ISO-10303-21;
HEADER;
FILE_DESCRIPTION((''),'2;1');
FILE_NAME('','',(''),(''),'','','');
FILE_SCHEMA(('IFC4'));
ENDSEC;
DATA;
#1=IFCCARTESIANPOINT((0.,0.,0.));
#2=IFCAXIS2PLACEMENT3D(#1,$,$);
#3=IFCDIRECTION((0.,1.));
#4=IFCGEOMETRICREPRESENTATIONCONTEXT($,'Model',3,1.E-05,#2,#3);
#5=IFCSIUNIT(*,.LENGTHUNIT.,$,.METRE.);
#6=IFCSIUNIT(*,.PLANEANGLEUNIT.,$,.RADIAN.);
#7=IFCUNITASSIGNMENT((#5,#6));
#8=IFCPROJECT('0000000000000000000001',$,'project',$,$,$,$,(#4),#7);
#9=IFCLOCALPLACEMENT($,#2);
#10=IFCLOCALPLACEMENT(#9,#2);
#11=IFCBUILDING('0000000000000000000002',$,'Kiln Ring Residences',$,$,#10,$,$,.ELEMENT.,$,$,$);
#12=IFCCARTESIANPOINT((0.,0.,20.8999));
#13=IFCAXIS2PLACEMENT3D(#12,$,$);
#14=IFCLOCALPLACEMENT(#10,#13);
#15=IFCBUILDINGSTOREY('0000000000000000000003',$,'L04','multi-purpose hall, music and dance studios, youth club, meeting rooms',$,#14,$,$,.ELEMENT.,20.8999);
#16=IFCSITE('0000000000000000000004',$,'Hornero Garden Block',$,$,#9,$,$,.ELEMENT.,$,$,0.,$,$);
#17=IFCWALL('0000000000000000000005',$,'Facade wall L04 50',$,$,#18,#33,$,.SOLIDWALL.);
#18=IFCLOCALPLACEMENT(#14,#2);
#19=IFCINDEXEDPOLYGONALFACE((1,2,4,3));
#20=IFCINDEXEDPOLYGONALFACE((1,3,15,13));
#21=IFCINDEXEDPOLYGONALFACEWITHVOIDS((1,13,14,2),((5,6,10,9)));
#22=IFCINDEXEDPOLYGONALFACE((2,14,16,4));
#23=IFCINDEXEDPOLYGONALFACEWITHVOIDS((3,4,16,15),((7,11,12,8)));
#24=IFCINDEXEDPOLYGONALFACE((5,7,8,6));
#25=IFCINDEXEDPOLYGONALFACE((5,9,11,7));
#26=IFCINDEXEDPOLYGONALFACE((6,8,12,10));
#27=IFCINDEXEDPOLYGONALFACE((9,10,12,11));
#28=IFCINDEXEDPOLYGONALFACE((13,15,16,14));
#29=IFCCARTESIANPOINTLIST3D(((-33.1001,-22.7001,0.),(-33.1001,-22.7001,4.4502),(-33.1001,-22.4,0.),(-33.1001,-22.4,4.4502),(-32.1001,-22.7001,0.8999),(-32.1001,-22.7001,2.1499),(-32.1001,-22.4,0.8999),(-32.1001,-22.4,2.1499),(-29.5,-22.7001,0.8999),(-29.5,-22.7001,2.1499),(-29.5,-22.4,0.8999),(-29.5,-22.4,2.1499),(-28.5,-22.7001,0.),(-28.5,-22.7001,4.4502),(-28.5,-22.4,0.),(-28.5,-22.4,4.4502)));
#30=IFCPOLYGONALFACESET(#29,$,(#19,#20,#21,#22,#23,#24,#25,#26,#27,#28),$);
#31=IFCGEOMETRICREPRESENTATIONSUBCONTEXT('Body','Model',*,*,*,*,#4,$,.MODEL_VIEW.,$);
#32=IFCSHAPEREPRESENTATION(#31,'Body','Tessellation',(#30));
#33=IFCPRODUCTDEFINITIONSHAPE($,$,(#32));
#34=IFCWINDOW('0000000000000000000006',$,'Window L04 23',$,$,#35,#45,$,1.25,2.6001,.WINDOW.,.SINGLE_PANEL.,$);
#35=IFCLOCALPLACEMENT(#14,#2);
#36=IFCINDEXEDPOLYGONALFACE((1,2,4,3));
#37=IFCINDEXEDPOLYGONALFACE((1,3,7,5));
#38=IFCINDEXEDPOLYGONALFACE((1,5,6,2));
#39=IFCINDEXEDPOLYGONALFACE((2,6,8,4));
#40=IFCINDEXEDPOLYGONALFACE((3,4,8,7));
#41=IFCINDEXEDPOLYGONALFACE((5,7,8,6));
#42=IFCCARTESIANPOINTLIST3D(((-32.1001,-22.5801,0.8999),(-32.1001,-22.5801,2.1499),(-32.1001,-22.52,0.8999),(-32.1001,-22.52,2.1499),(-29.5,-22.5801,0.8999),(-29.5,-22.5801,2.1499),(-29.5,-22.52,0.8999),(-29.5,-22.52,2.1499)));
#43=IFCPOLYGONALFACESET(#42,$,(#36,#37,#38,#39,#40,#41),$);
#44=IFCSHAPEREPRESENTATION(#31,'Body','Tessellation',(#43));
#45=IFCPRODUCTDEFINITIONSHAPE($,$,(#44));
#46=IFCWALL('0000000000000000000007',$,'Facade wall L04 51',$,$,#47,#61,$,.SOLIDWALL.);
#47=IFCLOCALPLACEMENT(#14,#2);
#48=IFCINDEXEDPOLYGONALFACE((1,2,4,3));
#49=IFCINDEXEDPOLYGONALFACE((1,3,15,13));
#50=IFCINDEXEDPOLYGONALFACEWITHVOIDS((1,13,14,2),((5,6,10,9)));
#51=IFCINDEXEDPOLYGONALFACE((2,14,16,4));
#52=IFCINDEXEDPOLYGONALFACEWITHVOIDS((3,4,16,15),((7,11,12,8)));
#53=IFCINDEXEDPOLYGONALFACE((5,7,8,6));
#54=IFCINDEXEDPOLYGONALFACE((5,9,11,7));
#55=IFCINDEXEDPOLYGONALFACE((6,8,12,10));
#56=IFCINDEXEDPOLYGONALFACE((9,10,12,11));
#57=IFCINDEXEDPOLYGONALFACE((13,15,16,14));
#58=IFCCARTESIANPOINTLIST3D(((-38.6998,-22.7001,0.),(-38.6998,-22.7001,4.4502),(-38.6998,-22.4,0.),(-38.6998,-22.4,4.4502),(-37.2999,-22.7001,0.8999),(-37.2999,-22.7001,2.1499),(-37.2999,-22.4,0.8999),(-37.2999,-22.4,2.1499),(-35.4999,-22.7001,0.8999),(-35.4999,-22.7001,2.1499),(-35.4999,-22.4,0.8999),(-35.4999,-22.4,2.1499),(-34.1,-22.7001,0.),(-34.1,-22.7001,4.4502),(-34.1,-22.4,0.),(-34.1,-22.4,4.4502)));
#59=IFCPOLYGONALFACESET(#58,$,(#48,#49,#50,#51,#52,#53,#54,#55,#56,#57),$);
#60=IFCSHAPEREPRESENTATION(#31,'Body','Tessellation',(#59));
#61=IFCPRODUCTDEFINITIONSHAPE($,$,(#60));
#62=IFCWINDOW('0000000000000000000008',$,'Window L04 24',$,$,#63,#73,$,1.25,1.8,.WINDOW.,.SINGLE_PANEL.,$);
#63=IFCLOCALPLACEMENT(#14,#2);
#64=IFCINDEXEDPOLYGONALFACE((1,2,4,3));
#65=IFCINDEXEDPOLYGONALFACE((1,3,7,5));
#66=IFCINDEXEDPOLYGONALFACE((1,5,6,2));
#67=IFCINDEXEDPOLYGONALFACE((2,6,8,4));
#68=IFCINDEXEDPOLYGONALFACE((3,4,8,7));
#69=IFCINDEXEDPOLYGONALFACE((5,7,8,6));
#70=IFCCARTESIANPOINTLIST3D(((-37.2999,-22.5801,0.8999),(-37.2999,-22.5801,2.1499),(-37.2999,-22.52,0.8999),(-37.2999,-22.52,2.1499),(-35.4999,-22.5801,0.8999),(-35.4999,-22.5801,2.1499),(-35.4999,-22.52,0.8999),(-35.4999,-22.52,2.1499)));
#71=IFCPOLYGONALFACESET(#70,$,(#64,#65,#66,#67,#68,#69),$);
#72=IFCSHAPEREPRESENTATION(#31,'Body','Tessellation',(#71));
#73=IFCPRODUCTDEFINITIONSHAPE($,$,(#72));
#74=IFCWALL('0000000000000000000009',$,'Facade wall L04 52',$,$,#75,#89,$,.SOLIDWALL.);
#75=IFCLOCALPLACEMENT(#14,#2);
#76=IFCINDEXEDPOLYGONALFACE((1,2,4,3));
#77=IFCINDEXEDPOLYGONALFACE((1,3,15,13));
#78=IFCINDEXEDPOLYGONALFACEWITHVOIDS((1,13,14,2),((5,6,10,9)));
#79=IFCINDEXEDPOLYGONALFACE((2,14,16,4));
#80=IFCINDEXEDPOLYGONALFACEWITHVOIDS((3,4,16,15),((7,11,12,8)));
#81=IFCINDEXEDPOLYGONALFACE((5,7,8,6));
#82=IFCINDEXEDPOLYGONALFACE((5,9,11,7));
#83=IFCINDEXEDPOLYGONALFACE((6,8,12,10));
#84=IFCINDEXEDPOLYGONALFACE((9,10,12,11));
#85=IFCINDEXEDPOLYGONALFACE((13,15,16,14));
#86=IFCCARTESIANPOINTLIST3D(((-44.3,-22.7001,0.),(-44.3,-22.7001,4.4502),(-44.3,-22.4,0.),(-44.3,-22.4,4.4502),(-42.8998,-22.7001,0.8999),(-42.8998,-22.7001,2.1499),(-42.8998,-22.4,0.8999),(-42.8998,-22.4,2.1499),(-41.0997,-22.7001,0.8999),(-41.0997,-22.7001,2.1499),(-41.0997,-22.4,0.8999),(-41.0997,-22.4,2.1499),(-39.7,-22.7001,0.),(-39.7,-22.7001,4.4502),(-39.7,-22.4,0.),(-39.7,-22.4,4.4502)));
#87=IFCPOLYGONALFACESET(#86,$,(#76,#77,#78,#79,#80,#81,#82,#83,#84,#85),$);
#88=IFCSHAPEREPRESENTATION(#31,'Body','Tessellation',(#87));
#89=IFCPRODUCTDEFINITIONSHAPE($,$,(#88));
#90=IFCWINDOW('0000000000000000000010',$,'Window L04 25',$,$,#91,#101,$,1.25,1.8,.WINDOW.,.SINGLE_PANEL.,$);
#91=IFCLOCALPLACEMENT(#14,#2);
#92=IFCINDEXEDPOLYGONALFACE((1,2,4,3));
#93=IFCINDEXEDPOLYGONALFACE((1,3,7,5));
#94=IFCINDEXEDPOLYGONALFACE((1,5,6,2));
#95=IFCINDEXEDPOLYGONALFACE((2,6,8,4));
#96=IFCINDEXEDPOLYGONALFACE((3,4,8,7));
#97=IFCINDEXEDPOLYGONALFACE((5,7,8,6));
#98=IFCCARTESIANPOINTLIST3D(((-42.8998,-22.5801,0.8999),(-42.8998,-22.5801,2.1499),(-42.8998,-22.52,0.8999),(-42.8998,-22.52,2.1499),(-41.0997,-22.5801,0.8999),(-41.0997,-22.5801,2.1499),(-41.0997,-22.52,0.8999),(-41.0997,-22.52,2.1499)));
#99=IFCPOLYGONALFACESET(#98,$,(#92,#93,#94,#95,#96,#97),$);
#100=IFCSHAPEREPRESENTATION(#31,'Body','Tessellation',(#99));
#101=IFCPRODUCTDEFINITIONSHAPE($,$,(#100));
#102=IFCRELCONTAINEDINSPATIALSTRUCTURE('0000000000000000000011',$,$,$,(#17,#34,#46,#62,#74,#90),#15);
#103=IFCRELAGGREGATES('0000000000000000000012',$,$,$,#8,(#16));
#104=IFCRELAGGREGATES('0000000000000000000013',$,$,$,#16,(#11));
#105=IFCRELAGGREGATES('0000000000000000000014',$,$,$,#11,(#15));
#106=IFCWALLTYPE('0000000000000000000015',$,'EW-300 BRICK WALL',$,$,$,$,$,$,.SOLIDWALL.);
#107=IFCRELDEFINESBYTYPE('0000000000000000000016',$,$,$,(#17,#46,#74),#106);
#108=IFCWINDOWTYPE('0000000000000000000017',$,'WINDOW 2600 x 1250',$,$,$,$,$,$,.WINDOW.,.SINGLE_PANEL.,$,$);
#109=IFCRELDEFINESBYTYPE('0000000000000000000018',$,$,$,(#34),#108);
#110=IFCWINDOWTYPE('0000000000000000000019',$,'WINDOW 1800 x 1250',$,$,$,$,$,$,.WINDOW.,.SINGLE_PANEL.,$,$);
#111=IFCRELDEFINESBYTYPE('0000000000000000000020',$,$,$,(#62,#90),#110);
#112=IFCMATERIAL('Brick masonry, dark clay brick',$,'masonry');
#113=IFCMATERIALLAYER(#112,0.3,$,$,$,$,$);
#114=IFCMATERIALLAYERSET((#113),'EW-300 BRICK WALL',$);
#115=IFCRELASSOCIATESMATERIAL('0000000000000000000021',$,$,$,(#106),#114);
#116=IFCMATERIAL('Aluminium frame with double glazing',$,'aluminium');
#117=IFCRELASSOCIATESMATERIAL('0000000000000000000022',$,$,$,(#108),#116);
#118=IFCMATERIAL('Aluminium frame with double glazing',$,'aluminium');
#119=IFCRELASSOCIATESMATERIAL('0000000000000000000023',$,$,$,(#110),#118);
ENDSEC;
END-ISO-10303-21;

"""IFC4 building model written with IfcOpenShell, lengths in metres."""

from ifc_helpers import new_model, si_unit, direction, frame, frame_2d, origin, place, context, subcontext, project, spatial, rectangle, extrude, material, layer, layer_set, type_object, element, fill, save


model = new_model("IFC4")

# Units and contexts
model_context = context("Model", 3, precision=1e-05, world=origin(), true_north=direction((0.0, 1.0)))
body_context = subcontext(model_context, "Body", "Model", "MODEL_VIEW")
ifc_project = project(units=[si_unit("LENGTHUNIT", "METRE"), si_unit("PLANEANGLEUNIT", "RADIAN")], contexts=[model_context])

# Site, building, storey
site_placement = place(None, origin())
site = spatial("IfcSite", under=ifc_project, at=site_placement, Name="Hornero Garden Block", CompositionType="ELEMENT", RefElevation=0.0)
building_placement = place(site_placement, origin())
building = spatial("IfcBuilding", under=site, at=building_placement, Name="Kiln Ring Residences", CompositionType="ELEMENT")
storey_placement = place(building_placement, frame((0.0, 0.0, 20.8999)))
storey = spatial("IfcBuildingStorey", under=building, at=storey_placement, Name="L04", Description="multi-purpose hall, music and dance studios, youth club, meeting rooms", CompositionType="ELEMENT", Elevation=20.8999)

# Walls, openings, windows
ifc_material_1 = material(Name="Brick masonry, dark clay brick", Category="masonry")
ifc_layer_1 = layer(ifc_material_1, 0.3)
ifc_layer_set_1 = layer_set([ifc_layer_1], Name="EW-300 BRICK WALL")
wall_type_1 = type_object("IfcWallType", Name="EW-300 BRICK WALL", PredefinedType="SOLIDWALL", material=ifc_layer_set_1)
wall_1_placement = place(storey_placement, frame((-28.5, -22.55, 0.0), z_axis=(0.0, 0.0, 1.0), x_axis=(-1.0, 0.0, 0.0)))
wall_1 = element("IfcWall", 1, at=wall_1_placement, inside=storey, type_object=wall_type_1, Name="Facade wall L04 50", PredefinedType="SOLIDWALL", context=body_context, shape_type="SweptSolid", body=[
    extrude(rectangle(XDim=4.6001, YDim=0.3, at=frame_2d((2.3, 0.0))), origin(), (0.0, 0.0, 1.0), 4.4502),
])
opening_1_placement = place(wall_1_placement, frame((1.0, 0.0, 0.8999)))
opening_1 = element("IfcOpeningElement", 2, at=opening_1_placement, cuts=wall_1, PredefinedType="OPENING", context=body_context, shape_type="SweptSolid", body=[
    extrude(rectangle(XDim=2.6001, YDim=1.25, at=frame_2d((1.3, 0.625))), frame((0.0, 0.1599, 0.0), z_axis=(0.0, -1.0, 0.0), x_axis=(1.0, 0.0, 0.0)), (0.0, 0.0, 1.0), 0.3201),
])
ifc_material_2 = material(Name="Aluminium frame with double glazing", Category="aluminium")
window_type_1 = type_object("IfcWindowType", Name="WINDOW 2600 x 1250", PartitioningType="SINGLE_PANEL", PredefinedType="WINDOW", material=ifc_material_2)
window_1_placement = place(opening_1_placement, origin())
window_1 = element("IfcWindow", 3, at=window_1_placement, inside=storey, type_object=window_type_1, Name="Window L04 23", OverallHeight=1.25, OverallWidth=2.6001, PartitioningType="SINGLE_PANEL", PredefinedType="WINDOW", context=body_context, shape_type="SweptSolid", body=[
    extrude(rectangle(XDim=2.6001, YDim=1.25, at=frame_2d((1.3, 0.625))), frame((0.0, 0.03, 0.0), z_axis=(0.0, -1.0, 0.0), x_axis=(1.0, 0.0, 0.0)), (0.0, 0.0, 1.0), 0.0601),
])
fill(opening_1, window_1)
wall_2_placement = place(storey_placement, frame((-34.1001, -22.55, 0.0), z_axis=(0.0, 0.0, 1.0), x_axis=(-1.0, 0.0, 0.0)))
wall_2 = element("IfcWall", 4, at=wall_2_placement, inside=storey, type_object=wall_type_1, Name="Facade wall L04 51", PredefinedType="SOLIDWALL", context=body_context, shape_type="SweptSolid", body=[
    extrude(rectangle(XDim=4.5999, YDim=0.3, at=frame_2d((2.2998, 0.0))), origin(), (0.0, 0.0, 1.0), 4.4502),
])
opening_2_placement = place(wall_2_placement, frame((1.3999, 0.0, 0.8999)))
opening_2 = element("IfcOpeningElement", 5, at=opening_2_placement, cuts=wall_2, PredefinedType="OPENING", context=body_context, shape_type="SweptSolid", body=[
    extrude(rectangle(XDim=1.8, YDim=1.25, at=frame_2d((0.8999, 0.625))), frame((0.0, 0.1599, 0.0), z_axis=(0.0, -1.0, 0.0), x_axis=(1.0, 0.0, 0.0)), (0.0, 0.0, 1.0), 0.3201),
])
ifc_material_3 = material(Name="Aluminium frame with double glazing", Category="aluminium")
window_type_2 = type_object("IfcWindowType", Name="WINDOW 1800 x 1250", PartitioningType="SINGLE_PANEL", PredefinedType="WINDOW", material=ifc_material_3)
window_2_placement = place(opening_2_placement, origin())
window_2 = element("IfcWindow", 6, at=window_2_placement, inside=storey, type_object=window_type_2, Name="Window L04 24", OverallHeight=1.25, OverallWidth=1.8, PartitioningType="SINGLE_PANEL", PredefinedType="WINDOW", context=body_context, shape_type="SweptSolid", body=[
    extrude(rectangle(XDim=1.8, YDim=1.25, at=frame_2d((0.8999, 0.625))), frame((0.0, 0.03, 0.0), z_axis=(0.0, -1.0, 0.0), x_axis=(1.0, 0.0, 0.0)), (0.0, 0.0, 1.0), 0.0601),
])
fill(opening_2, window_2)
wall_3_placement = place(storey_placement, frame((-39.7, -22.55, 0.0), z_axis=(0.0, 0.0, 1.0), x_axis=(-1.0, 0.0, 0.0)))
wall_3 = element("IfcWall", 7, at=wall_3_placement, inside=storey, type_object=wall_type_1, Name="Facade wall L04 52", PredefinedType="SOLIDWALL", context=body_context, shape_type="SweptSolid", body=[
    extrude(rectangle(XDim=4.6001, YDim=0.3, at=frame_2d((2.3, 0.0))), origin(), (0.0, 0.0, 1.0), 4.4502),
])
opening_3_placement = place(wall_3_placement, frame((1.3999, 0.0, 0.8999)))
opening_3 = element("IfcOpeningElement", 8, at=opening_3_placement, cuts=wall_3, PredefinedType="OPENING", context=body_context, shape_type="SweptSolid", body=[
    extrude(rectangle(XDim=1.8, YDim=1.25, at=frame_2d((0.8999, 0.625))), frame((0.0, 0.1599, 0.0), z_axis=(0.0, -1.0, 0.0), x_axis=(1.0, 0.0, 0.0)), (0.0, 0.0, 1.0), 0.3201),
])
window_3_placement = place(opening_3_placement, origin())
window_3 = element("IfcWindow", 9, at=window_3_placement, inside=storey, type_object=window_type_2, Name="Window L04 25", OverallHeight=1.25, OverallWidth=1.8, PartitioningType="SINGLE_PANEL", PredefinedType="WINDOW", context=body_context, shape_type="SweptSolid", body=[
    extrude(rectangle(XDim=1.8, YDim=1.25, at=frame_2d((0.8999, 0.625))), frame((0.0, 0.03, 0.0), z_axis=(0.0, -1.0, 0.0), x_axis=(1.0, 0.0, 0.0)), (0.0, 0.0, 1.0), 0.0601),
])
fill(opening_3, window_3)

save(model, "model.ifc")
